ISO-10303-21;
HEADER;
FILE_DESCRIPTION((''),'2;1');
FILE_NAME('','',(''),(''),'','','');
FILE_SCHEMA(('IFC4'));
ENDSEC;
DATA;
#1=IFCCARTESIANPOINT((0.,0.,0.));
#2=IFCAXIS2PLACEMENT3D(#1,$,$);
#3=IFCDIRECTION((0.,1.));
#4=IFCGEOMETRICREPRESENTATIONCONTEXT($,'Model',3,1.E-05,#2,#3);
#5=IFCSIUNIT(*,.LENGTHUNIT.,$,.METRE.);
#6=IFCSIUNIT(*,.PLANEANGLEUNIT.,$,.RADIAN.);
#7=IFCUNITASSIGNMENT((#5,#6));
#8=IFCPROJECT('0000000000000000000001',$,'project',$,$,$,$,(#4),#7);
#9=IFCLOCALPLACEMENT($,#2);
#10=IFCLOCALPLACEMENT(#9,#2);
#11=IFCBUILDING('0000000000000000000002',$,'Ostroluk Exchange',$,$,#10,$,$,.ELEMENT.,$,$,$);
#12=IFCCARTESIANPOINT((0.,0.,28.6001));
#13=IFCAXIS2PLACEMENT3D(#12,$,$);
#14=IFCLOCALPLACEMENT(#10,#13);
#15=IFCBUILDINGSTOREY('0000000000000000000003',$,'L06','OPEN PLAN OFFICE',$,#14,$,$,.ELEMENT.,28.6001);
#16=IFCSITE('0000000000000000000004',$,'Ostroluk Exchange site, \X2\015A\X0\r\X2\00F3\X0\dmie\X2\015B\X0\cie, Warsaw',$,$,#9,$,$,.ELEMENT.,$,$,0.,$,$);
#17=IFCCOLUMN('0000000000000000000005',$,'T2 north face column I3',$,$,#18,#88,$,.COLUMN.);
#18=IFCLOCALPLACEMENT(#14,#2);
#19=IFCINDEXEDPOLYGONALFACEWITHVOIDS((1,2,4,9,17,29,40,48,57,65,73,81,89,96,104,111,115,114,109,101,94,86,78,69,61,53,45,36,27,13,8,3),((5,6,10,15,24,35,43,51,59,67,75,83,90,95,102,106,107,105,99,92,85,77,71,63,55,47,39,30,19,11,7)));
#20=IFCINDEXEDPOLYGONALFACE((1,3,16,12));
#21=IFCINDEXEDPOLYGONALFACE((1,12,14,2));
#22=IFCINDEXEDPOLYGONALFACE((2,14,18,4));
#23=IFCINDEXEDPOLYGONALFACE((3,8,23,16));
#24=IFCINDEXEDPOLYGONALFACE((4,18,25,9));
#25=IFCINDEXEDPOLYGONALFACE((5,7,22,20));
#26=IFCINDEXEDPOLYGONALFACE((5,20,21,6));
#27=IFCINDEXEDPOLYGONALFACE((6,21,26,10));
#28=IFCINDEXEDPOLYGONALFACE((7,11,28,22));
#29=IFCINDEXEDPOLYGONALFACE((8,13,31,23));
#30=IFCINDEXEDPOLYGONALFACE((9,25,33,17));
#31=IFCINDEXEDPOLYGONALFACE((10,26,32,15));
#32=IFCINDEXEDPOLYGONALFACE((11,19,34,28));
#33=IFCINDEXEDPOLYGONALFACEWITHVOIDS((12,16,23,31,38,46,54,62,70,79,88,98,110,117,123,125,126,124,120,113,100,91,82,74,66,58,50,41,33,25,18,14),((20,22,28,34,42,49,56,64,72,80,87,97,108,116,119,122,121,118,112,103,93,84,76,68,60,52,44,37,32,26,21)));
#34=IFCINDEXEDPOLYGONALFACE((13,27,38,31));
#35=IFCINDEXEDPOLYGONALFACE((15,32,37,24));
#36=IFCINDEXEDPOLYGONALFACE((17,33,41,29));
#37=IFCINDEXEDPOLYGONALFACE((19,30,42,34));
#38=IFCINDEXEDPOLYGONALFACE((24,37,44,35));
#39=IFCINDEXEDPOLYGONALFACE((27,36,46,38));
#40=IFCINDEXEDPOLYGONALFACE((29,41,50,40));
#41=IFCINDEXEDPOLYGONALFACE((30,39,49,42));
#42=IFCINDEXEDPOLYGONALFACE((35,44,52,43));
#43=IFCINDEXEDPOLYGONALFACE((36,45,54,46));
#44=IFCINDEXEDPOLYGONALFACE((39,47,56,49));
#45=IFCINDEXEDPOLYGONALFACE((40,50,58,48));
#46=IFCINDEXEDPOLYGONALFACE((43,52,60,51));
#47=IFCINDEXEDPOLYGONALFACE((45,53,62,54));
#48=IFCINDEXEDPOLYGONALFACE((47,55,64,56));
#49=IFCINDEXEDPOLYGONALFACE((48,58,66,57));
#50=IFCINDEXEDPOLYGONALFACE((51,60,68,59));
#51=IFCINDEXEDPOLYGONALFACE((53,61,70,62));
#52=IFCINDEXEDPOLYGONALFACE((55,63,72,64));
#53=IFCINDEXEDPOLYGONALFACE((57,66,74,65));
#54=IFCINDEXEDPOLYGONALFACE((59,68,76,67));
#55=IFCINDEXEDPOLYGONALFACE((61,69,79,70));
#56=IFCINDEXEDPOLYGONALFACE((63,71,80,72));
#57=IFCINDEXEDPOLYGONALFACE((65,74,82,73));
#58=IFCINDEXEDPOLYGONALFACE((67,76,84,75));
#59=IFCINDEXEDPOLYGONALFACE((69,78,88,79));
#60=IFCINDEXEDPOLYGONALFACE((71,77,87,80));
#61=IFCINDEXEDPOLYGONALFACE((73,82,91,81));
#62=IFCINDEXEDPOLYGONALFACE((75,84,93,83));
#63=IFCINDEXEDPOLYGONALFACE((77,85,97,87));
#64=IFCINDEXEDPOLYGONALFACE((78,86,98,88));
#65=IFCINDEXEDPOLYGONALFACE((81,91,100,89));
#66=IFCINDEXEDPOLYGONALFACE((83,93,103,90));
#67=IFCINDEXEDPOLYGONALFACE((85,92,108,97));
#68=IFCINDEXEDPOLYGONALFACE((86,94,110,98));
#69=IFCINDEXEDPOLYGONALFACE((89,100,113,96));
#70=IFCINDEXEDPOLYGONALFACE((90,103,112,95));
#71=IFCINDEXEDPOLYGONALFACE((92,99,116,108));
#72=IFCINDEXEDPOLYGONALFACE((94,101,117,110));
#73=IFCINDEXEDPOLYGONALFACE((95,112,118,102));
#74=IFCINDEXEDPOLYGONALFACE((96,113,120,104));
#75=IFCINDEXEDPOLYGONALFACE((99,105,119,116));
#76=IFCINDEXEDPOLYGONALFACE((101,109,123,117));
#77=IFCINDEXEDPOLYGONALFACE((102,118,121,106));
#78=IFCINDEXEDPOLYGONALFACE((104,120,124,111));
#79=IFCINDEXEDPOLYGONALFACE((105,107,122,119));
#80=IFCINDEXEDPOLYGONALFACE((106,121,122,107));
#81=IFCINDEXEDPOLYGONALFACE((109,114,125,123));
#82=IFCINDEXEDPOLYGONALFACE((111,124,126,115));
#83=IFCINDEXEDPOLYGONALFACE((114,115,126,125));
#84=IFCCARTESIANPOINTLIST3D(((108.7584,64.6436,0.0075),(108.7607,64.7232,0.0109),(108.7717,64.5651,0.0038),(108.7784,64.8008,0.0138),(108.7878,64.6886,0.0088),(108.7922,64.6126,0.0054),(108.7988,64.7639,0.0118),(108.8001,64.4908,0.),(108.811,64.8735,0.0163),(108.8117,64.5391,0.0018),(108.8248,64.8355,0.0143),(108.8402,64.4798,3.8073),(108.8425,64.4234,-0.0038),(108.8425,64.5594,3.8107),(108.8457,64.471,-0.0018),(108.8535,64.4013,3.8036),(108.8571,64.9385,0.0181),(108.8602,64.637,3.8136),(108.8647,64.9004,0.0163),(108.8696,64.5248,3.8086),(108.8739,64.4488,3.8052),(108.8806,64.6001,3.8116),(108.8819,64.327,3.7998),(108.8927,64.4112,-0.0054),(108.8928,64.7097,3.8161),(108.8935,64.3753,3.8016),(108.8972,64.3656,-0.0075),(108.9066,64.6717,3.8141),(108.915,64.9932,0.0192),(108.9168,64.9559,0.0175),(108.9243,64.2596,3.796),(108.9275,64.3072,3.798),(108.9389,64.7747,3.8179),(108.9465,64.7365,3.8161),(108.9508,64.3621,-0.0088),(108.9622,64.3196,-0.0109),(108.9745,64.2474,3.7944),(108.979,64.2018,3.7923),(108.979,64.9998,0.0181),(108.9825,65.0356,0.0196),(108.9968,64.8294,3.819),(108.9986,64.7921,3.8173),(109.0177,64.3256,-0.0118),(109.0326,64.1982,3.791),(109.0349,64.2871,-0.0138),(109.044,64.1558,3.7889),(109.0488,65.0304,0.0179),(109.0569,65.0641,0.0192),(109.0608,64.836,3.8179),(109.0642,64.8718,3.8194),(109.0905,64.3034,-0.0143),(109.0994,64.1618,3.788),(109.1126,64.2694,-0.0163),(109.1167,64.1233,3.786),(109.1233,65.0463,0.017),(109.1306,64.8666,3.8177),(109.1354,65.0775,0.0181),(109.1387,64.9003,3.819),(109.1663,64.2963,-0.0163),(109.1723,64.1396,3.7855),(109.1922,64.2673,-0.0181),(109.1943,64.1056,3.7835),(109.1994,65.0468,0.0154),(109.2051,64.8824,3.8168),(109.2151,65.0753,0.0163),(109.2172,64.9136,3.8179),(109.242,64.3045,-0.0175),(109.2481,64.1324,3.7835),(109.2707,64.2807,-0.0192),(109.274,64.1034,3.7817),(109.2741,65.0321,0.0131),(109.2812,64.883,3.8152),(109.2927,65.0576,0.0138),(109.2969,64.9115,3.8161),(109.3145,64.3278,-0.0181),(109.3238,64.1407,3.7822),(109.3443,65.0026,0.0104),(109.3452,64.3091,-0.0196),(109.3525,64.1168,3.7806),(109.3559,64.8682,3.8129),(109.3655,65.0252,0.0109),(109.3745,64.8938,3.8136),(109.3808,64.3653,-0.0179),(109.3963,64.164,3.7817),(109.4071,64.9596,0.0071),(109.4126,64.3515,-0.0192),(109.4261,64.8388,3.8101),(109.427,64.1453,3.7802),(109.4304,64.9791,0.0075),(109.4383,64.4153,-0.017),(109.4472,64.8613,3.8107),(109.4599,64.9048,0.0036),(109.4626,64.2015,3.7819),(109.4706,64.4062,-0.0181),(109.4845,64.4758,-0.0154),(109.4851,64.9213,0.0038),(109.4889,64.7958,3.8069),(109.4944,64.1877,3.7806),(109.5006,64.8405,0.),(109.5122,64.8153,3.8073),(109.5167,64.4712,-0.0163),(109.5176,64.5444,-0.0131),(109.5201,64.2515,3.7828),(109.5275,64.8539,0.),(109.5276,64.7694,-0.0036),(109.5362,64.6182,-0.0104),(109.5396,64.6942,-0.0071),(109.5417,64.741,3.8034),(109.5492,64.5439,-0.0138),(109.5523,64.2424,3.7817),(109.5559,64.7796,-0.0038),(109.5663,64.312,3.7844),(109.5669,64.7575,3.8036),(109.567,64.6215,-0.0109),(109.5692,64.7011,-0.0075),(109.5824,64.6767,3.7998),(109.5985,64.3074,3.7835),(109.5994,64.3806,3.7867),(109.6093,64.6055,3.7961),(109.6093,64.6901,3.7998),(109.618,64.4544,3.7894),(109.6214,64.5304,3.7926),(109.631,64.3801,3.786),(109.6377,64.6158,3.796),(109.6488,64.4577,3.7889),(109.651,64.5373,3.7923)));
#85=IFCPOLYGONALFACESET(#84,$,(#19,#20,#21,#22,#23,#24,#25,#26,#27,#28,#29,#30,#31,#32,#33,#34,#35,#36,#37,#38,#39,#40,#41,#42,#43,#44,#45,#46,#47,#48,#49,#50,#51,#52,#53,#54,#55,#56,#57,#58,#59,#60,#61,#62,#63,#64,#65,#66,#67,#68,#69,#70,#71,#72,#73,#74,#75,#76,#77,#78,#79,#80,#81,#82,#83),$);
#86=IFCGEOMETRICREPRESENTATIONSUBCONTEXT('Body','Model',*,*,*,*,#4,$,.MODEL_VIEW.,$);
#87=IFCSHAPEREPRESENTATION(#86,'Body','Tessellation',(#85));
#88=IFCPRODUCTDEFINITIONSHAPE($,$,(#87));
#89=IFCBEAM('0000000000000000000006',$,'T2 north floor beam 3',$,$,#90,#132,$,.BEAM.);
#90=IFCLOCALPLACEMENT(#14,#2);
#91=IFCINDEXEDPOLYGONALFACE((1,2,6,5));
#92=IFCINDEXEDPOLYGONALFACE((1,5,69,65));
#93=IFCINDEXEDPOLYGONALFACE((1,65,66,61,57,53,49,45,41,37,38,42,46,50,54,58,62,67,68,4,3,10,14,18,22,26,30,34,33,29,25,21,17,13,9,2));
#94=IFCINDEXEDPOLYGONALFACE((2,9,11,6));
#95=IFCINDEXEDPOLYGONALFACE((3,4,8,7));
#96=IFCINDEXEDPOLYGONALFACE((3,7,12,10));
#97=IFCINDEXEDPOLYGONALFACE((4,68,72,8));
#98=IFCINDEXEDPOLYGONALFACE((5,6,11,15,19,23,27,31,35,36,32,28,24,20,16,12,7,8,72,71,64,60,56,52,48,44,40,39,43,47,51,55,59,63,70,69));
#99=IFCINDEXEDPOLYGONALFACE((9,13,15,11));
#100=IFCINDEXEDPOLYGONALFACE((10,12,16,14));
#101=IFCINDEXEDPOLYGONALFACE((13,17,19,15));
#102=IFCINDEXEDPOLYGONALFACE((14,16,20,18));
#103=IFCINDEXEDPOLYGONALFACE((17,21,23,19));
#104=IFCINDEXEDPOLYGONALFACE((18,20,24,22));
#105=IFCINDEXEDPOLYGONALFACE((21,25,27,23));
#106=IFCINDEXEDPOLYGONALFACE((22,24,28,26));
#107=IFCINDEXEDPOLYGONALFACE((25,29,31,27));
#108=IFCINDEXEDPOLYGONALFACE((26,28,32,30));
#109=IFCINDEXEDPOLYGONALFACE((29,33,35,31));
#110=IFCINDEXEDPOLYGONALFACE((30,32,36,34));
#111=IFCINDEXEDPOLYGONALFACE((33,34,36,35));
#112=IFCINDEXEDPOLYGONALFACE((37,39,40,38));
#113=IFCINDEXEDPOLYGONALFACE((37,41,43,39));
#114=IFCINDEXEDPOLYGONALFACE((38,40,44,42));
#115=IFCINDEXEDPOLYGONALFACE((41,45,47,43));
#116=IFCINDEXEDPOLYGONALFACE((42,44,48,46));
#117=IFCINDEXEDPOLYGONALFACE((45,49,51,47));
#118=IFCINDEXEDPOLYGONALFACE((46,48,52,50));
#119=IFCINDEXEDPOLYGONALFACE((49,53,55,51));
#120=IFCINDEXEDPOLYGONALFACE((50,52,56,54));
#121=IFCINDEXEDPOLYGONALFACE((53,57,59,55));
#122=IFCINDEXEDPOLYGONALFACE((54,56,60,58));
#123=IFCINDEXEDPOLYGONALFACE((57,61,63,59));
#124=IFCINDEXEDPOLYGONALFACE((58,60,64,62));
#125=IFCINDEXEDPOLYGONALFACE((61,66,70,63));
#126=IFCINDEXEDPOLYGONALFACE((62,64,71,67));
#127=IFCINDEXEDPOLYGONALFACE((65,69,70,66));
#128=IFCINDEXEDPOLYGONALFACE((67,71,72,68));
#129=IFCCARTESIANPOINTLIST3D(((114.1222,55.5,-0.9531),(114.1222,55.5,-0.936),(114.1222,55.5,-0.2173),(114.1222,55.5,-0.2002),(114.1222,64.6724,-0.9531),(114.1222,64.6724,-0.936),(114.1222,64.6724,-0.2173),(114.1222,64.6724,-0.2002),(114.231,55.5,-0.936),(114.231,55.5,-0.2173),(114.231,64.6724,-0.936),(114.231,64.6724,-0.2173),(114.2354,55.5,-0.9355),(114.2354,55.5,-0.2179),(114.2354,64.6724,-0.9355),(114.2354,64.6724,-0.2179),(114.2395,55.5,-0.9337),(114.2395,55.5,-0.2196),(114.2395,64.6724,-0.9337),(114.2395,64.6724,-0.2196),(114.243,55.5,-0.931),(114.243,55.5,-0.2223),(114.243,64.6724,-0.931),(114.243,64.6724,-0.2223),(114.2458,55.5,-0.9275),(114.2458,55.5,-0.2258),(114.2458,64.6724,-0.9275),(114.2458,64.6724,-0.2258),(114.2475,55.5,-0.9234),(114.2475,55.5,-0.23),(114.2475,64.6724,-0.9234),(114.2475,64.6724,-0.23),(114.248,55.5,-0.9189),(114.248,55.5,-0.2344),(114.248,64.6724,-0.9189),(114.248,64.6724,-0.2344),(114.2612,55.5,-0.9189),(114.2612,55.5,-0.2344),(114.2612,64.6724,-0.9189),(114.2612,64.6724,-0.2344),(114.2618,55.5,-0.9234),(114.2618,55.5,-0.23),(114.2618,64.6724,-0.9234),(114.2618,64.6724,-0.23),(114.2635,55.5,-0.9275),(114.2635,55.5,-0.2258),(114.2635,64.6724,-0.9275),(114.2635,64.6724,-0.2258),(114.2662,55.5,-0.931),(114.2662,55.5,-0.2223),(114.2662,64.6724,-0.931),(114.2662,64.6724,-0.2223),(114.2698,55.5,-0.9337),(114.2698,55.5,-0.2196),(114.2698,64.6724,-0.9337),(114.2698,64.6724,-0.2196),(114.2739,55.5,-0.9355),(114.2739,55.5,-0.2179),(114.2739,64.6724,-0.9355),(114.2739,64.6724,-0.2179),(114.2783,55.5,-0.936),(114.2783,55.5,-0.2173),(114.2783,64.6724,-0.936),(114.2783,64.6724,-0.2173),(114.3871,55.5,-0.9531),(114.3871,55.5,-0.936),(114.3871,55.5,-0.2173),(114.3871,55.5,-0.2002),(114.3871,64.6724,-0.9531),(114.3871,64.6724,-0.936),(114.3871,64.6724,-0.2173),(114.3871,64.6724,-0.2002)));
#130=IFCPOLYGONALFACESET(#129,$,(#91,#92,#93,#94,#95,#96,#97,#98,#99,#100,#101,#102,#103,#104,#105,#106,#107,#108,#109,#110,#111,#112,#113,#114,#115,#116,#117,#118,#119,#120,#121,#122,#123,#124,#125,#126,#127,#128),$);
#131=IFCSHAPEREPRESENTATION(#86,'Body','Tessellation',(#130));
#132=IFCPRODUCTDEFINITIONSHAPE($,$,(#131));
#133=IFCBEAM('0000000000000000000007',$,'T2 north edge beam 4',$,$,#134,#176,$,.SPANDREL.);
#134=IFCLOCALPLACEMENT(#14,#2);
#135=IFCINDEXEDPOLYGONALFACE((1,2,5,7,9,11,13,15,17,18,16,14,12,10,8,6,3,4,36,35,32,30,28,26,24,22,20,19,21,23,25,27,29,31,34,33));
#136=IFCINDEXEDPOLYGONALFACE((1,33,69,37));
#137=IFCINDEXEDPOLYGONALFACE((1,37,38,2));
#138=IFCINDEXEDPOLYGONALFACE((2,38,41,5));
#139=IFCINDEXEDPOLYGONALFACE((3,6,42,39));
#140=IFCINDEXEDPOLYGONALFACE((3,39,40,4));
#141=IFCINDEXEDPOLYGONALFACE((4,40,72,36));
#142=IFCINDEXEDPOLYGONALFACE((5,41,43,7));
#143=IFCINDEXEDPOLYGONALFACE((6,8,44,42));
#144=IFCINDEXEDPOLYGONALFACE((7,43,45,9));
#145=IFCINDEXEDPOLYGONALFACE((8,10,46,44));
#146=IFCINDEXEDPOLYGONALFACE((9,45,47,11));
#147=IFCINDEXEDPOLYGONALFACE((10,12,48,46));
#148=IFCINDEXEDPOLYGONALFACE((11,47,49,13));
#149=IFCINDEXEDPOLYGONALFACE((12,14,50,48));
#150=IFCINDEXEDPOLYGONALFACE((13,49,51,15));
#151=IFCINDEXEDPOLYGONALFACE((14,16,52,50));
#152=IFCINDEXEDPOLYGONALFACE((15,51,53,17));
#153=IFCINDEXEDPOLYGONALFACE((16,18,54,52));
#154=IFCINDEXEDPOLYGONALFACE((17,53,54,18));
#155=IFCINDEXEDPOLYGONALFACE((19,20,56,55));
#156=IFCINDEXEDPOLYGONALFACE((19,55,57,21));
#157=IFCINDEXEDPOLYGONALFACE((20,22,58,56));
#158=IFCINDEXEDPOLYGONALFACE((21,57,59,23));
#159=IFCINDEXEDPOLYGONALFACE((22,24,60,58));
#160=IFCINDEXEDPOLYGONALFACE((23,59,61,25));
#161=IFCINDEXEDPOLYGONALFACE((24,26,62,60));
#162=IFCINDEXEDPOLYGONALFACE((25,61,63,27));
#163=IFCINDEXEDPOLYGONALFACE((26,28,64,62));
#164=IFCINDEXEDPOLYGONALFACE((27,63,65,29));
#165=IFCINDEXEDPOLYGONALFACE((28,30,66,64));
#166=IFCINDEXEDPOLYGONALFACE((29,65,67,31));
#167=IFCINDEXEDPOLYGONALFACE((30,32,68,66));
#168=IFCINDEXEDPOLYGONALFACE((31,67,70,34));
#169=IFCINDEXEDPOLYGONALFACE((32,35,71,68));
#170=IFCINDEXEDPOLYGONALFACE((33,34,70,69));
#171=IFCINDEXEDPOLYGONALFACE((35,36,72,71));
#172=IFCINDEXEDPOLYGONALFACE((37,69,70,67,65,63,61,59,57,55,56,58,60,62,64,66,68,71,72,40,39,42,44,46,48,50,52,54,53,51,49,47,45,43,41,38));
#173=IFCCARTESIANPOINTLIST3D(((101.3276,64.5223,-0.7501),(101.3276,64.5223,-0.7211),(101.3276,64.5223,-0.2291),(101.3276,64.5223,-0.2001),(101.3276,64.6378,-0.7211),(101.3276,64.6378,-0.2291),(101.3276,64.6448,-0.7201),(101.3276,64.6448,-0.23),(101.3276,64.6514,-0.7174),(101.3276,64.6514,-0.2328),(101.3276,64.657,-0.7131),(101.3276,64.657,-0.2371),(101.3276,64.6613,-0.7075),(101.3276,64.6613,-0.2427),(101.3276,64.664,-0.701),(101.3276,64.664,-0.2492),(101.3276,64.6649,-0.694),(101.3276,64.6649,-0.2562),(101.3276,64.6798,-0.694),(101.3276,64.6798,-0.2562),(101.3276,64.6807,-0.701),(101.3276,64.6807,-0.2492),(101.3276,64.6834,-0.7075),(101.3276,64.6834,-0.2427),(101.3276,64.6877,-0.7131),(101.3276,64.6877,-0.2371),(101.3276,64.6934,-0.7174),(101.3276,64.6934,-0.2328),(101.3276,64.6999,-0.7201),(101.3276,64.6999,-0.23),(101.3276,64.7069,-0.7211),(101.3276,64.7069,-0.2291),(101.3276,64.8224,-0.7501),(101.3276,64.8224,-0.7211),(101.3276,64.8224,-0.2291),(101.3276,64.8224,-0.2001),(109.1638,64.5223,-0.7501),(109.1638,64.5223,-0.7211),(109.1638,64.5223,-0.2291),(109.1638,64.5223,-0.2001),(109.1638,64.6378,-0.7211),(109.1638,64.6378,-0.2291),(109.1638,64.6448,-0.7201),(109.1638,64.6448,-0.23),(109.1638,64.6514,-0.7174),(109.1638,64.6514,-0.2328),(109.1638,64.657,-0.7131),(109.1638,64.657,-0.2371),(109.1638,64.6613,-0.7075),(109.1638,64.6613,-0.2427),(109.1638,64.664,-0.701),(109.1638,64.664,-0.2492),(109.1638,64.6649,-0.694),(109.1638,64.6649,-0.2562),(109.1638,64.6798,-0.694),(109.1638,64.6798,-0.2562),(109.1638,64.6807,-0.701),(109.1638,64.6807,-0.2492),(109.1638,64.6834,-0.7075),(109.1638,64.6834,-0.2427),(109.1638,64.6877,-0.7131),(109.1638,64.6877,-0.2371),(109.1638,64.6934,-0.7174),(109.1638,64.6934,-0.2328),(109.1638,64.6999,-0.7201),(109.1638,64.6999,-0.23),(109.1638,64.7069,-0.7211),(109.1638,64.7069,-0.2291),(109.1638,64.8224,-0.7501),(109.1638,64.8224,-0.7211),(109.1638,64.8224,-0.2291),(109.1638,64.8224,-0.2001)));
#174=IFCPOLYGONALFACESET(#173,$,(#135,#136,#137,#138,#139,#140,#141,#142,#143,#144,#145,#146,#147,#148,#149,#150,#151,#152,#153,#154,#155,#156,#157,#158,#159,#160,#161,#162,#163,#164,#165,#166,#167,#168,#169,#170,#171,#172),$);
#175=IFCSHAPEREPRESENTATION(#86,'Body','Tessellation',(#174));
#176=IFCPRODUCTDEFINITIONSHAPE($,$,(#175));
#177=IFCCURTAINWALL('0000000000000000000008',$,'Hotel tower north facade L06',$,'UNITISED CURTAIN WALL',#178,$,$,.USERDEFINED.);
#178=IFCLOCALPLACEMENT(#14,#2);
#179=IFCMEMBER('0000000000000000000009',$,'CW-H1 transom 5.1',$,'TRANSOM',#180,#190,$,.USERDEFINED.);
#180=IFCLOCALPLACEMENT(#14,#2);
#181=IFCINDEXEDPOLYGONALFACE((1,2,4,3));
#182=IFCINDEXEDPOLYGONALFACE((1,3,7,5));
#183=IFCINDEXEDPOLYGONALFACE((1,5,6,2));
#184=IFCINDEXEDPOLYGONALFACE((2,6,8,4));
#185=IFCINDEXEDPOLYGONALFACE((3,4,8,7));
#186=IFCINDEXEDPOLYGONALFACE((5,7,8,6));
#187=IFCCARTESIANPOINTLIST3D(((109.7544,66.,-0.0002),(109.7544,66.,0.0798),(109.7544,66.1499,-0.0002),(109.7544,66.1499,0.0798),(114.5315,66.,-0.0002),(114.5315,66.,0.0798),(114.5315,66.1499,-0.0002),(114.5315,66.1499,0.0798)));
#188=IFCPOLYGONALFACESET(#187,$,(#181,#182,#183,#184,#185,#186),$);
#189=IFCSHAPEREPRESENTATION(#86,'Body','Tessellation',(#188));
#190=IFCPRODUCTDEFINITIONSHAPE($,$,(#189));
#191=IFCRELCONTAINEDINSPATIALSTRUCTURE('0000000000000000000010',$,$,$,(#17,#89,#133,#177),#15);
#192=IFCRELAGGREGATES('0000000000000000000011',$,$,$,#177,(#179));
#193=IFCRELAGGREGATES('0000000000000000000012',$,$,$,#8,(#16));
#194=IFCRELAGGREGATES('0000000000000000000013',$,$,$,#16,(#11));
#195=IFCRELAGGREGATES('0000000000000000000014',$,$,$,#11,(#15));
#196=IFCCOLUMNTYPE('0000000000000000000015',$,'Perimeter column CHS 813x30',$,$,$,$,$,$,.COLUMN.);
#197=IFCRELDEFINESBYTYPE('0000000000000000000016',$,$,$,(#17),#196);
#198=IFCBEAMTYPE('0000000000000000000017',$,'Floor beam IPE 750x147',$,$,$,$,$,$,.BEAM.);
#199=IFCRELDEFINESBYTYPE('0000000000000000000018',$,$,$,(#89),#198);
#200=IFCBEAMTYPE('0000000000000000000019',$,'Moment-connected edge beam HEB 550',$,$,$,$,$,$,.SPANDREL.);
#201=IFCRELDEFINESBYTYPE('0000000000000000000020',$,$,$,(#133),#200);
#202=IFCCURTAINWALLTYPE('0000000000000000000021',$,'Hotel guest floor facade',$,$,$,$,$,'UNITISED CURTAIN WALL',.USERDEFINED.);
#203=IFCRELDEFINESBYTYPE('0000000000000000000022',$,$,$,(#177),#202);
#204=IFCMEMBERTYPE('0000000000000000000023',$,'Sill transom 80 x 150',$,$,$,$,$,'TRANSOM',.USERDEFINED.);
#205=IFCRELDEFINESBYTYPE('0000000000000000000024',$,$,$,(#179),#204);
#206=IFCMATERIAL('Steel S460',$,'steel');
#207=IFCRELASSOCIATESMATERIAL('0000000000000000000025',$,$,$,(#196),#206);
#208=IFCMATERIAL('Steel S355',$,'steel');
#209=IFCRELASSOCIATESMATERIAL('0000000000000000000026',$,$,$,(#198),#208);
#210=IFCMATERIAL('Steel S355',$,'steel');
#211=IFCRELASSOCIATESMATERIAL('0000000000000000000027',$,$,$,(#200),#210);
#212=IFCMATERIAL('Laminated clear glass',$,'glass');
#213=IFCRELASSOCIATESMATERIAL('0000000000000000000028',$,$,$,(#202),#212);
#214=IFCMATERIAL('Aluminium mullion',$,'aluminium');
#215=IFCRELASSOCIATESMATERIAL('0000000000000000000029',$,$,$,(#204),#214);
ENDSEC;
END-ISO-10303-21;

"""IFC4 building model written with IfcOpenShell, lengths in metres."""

from ifc_helpers import new_model, si_unit, direction, frame, origin, origin_2d, place, context, subcontext, project, spatial, rectangle, hollow_circle, i_section, extrude, material, material_profile, profile_set, type_object, element, aggregate, save


model = new_model("IFC4")

# Units and contexts
model_context = context("Model", 3, precision=1e-05, world=origin(), true_north=direction((0.0, 1.0)))
body_context = subcontext(model_context, "Body", "Model", "MODEL_VIEW")
ifc_project = project(units=[si_unit("LENGTHUNIT", "METRE"), si_unit("PLANEANGLEUNIT", "RADIAN")], contexts=[model_context])

# Site, building, storey
site_placement = place(None, origin())
site = spatial("IfcSite", under=ifc_project, at=site_placement, Name="Ostroluk Exchange site, Śródmieście, Warsaw", CompositionType="ELEMENT", RefElevation=0.0)
building_placement = place(site_placement, origin())
building = spatial("IfcBuilding", under=site, at=building_placement, Name="Ostroluk Exchange", CompositionType="ELEMENT")
storey_placement = place(building_placement, frame((0.0, 0.0, 28.6001)))
storey = spatial("IfcBuildingStorey", under=building, at=storey_placement, Name="L06", Description="OPEN PLAN OFFICE", CompositionType="ELEMENT", Elevation=28.6001)

# Column
ifc_material_1 = material(Name="Steel S460", Category="steel")
ifc_material_profile_1 = material_profile(ifc_material_1, hollow_circle(Radius=0.4065, WallThickness=0.03, at=origin_2d()), Name="CHS 813x30")
ifc_profile_set_1 = profile_set([ifc_material_profile_1], Name="Steel S460")
column_type = type_object("IfcColumnType", Name="Perimeter column CHS 813x30", PredefinedType="COLUMN", material=ifc_profile_set_1)
column_placement = place(storey_placement, frame((109.1638, 64.6724, 0.0), z_axis=(0.021499, -0.043062, 0.998841), x_axis=(0.894694, 0.44668, 0.0)))
element("IfcColumn", 1, at=column_placement, inside=storey, type_object=column_type, Name="T2 north face column I3", PredefinedType="COLUMN", context=body_context, shape_type="SweptSolid", body=[
    extrude(hollow_circle(Radius=0.4065, WallThickness=0.03, at=origin_2d()), origin(), (0.0, 0.0, 1.0), 3.8042),
])

# Beams
ifc_material_2 = material(Name="Steel S355", Category="steel")
ifc_material_profile_2 = material_profile(ifc_material_2, i_section(OverallWidth=0.2649, OverallDepth=0.7529, WebThickness=0.0132, FlangeThickness=0.0171, FilletRadius=0.0171, at=origin_2d()), Name="IPE 750x147")
ifc_profile_set_2 = profile_set([ifc_material_profile_2], Name="Steel S355")
beam_type_1 = type_object("IfcBeamType", Name="Floor beam IPE 750x147", PredefinedType="BEAM", material=ifc_profile_set_2)
beam_1_placement = place(storey_placement, frame((114.2546, 55.5, -0.5767), z_axis=(0.0, 1.0, 0.0), x_axis=(-1.0, 0.0, 0.0)))
element("IfcBeam", 2, at=beam_1_placement, inside=storey, type_object=beam_type_1, Name="T2 north floor beam 3", PredefinedType="BEAM", context=body_context, shape_type="SweptSolid", body=[
    extrude(i_section(OverallWidth=0.2649, OverallDepth=0.7529, WebThickness=0.0132, FlangeThickness=0.0171, FilletRadius=0.0171, at=origin_2d()), origin(), (0.0, 0.0, 1.0), 9.1724),
])
ifc_material_3 = material(Name="Steel S355", Category="steel")
ifc_material_profile_3 = material_profile(ifc_material_3, i_section(OverallWidth=0.3, OverallDepth=0.55, WebThickness=0.0149, FlangeThickness=0.0291, FilletRadius=0.0271, at=origin_2d()), Name="HEB 550")
ifc_profile_set_3 = profile_set([ifc_material_profile_3], Name="Steel S355")
beam_type_2 = type_object("IfcBeamType", Name="Moment-connected edge beam HEB 550", PredefinedType="SPANDREL", material=ifc_profile_set_3)
beam_2_placement = place(storey_placement, frame((109.1638, 64.6724, -0.4751), z_axis=(-1.0, 0.0, 0.0), x_axis=(0.0, -1.0, 0.0)))
element("IfcBeam", 3, at=beam_2_placement, inside=storey, type_object=beam_type_2, Name="T2 north edge beam 4", PredefinedType="SPANDREL", context=body_context, shape_type="SweptSolid", body=[
    extrude(i_section(OverallWidth=0.3, OverallDepth=0.55, WebThickness=0.0149, FlangeThickness=0.0291, FilletRadius=0.0271, at=origin_2d()), origin(), (0.0, 0.0, 1.0), 7.8362),
])

# Curtain wall, member
ifc_material_4 = material(Name="Laminated clear glass", Category="glass")
curtain_wall_type = type_object("IfcCurtainWallType", Name="Hotel guest floor facade", ElementType="UNITISED CURTAIN WALL", PredefinedType="USERDEFINED", material=ifc_material_4)
curtain_wall_placement = place(storey_placement, origin())
curtain_wall = element("IfcCurtainWall", 4, at=curtain_wall_placement, inside=storey, type_object=curtain_wall_type, Name="Hotel tower north facade L06", ObjectType="UNITISED CURTAIN WALL", PredefinedType="USERDEFINED")
ifc_material_5 = material(Name="Aluminium mullion", Category="aluminium")
ifc_material_profile_4 = material_profile(ifc_material_5, rectangle(XDim=0.1499, YDim=0.0801, at=origin_2d()), Name="Sill transom 80 x 150")
ifc_profile_set_4 = profile_set([ifc_material_profile_4], Name="Aluminium mullion")
member_type_1 = type_object("IfcMemberType", Name="Sill transom 80 x 150", ElementType="TRANSOM", PredefinedType="USERDEFINED", material=ifc_profile_set_4)
member_1_placement = place(storey_placement, frame((114.5315, 66.075, 0.0398), z_axis=(-1.0, 0.0, 0.0), x_axis=(0.0, -1.0, 0.0)))
member_1 = element("IfcMember", 5, at=member_1_placement, type_object=member_type_1, Name="CW-H1 transom 5.1", ObjectType="TRANSOM", PredefinedType="USERDEFINED", context=body_context, shape_type="SweptSolid", body=[
    extrude(rectangle(XDim=0.1499, YDim=0.0801, at=origin_2d()), origin(), (0.0, 0.0, 1.0), 4.7771),
])
aggregate(curtain_wall, [member_1])

save(model, "model.ifc")
